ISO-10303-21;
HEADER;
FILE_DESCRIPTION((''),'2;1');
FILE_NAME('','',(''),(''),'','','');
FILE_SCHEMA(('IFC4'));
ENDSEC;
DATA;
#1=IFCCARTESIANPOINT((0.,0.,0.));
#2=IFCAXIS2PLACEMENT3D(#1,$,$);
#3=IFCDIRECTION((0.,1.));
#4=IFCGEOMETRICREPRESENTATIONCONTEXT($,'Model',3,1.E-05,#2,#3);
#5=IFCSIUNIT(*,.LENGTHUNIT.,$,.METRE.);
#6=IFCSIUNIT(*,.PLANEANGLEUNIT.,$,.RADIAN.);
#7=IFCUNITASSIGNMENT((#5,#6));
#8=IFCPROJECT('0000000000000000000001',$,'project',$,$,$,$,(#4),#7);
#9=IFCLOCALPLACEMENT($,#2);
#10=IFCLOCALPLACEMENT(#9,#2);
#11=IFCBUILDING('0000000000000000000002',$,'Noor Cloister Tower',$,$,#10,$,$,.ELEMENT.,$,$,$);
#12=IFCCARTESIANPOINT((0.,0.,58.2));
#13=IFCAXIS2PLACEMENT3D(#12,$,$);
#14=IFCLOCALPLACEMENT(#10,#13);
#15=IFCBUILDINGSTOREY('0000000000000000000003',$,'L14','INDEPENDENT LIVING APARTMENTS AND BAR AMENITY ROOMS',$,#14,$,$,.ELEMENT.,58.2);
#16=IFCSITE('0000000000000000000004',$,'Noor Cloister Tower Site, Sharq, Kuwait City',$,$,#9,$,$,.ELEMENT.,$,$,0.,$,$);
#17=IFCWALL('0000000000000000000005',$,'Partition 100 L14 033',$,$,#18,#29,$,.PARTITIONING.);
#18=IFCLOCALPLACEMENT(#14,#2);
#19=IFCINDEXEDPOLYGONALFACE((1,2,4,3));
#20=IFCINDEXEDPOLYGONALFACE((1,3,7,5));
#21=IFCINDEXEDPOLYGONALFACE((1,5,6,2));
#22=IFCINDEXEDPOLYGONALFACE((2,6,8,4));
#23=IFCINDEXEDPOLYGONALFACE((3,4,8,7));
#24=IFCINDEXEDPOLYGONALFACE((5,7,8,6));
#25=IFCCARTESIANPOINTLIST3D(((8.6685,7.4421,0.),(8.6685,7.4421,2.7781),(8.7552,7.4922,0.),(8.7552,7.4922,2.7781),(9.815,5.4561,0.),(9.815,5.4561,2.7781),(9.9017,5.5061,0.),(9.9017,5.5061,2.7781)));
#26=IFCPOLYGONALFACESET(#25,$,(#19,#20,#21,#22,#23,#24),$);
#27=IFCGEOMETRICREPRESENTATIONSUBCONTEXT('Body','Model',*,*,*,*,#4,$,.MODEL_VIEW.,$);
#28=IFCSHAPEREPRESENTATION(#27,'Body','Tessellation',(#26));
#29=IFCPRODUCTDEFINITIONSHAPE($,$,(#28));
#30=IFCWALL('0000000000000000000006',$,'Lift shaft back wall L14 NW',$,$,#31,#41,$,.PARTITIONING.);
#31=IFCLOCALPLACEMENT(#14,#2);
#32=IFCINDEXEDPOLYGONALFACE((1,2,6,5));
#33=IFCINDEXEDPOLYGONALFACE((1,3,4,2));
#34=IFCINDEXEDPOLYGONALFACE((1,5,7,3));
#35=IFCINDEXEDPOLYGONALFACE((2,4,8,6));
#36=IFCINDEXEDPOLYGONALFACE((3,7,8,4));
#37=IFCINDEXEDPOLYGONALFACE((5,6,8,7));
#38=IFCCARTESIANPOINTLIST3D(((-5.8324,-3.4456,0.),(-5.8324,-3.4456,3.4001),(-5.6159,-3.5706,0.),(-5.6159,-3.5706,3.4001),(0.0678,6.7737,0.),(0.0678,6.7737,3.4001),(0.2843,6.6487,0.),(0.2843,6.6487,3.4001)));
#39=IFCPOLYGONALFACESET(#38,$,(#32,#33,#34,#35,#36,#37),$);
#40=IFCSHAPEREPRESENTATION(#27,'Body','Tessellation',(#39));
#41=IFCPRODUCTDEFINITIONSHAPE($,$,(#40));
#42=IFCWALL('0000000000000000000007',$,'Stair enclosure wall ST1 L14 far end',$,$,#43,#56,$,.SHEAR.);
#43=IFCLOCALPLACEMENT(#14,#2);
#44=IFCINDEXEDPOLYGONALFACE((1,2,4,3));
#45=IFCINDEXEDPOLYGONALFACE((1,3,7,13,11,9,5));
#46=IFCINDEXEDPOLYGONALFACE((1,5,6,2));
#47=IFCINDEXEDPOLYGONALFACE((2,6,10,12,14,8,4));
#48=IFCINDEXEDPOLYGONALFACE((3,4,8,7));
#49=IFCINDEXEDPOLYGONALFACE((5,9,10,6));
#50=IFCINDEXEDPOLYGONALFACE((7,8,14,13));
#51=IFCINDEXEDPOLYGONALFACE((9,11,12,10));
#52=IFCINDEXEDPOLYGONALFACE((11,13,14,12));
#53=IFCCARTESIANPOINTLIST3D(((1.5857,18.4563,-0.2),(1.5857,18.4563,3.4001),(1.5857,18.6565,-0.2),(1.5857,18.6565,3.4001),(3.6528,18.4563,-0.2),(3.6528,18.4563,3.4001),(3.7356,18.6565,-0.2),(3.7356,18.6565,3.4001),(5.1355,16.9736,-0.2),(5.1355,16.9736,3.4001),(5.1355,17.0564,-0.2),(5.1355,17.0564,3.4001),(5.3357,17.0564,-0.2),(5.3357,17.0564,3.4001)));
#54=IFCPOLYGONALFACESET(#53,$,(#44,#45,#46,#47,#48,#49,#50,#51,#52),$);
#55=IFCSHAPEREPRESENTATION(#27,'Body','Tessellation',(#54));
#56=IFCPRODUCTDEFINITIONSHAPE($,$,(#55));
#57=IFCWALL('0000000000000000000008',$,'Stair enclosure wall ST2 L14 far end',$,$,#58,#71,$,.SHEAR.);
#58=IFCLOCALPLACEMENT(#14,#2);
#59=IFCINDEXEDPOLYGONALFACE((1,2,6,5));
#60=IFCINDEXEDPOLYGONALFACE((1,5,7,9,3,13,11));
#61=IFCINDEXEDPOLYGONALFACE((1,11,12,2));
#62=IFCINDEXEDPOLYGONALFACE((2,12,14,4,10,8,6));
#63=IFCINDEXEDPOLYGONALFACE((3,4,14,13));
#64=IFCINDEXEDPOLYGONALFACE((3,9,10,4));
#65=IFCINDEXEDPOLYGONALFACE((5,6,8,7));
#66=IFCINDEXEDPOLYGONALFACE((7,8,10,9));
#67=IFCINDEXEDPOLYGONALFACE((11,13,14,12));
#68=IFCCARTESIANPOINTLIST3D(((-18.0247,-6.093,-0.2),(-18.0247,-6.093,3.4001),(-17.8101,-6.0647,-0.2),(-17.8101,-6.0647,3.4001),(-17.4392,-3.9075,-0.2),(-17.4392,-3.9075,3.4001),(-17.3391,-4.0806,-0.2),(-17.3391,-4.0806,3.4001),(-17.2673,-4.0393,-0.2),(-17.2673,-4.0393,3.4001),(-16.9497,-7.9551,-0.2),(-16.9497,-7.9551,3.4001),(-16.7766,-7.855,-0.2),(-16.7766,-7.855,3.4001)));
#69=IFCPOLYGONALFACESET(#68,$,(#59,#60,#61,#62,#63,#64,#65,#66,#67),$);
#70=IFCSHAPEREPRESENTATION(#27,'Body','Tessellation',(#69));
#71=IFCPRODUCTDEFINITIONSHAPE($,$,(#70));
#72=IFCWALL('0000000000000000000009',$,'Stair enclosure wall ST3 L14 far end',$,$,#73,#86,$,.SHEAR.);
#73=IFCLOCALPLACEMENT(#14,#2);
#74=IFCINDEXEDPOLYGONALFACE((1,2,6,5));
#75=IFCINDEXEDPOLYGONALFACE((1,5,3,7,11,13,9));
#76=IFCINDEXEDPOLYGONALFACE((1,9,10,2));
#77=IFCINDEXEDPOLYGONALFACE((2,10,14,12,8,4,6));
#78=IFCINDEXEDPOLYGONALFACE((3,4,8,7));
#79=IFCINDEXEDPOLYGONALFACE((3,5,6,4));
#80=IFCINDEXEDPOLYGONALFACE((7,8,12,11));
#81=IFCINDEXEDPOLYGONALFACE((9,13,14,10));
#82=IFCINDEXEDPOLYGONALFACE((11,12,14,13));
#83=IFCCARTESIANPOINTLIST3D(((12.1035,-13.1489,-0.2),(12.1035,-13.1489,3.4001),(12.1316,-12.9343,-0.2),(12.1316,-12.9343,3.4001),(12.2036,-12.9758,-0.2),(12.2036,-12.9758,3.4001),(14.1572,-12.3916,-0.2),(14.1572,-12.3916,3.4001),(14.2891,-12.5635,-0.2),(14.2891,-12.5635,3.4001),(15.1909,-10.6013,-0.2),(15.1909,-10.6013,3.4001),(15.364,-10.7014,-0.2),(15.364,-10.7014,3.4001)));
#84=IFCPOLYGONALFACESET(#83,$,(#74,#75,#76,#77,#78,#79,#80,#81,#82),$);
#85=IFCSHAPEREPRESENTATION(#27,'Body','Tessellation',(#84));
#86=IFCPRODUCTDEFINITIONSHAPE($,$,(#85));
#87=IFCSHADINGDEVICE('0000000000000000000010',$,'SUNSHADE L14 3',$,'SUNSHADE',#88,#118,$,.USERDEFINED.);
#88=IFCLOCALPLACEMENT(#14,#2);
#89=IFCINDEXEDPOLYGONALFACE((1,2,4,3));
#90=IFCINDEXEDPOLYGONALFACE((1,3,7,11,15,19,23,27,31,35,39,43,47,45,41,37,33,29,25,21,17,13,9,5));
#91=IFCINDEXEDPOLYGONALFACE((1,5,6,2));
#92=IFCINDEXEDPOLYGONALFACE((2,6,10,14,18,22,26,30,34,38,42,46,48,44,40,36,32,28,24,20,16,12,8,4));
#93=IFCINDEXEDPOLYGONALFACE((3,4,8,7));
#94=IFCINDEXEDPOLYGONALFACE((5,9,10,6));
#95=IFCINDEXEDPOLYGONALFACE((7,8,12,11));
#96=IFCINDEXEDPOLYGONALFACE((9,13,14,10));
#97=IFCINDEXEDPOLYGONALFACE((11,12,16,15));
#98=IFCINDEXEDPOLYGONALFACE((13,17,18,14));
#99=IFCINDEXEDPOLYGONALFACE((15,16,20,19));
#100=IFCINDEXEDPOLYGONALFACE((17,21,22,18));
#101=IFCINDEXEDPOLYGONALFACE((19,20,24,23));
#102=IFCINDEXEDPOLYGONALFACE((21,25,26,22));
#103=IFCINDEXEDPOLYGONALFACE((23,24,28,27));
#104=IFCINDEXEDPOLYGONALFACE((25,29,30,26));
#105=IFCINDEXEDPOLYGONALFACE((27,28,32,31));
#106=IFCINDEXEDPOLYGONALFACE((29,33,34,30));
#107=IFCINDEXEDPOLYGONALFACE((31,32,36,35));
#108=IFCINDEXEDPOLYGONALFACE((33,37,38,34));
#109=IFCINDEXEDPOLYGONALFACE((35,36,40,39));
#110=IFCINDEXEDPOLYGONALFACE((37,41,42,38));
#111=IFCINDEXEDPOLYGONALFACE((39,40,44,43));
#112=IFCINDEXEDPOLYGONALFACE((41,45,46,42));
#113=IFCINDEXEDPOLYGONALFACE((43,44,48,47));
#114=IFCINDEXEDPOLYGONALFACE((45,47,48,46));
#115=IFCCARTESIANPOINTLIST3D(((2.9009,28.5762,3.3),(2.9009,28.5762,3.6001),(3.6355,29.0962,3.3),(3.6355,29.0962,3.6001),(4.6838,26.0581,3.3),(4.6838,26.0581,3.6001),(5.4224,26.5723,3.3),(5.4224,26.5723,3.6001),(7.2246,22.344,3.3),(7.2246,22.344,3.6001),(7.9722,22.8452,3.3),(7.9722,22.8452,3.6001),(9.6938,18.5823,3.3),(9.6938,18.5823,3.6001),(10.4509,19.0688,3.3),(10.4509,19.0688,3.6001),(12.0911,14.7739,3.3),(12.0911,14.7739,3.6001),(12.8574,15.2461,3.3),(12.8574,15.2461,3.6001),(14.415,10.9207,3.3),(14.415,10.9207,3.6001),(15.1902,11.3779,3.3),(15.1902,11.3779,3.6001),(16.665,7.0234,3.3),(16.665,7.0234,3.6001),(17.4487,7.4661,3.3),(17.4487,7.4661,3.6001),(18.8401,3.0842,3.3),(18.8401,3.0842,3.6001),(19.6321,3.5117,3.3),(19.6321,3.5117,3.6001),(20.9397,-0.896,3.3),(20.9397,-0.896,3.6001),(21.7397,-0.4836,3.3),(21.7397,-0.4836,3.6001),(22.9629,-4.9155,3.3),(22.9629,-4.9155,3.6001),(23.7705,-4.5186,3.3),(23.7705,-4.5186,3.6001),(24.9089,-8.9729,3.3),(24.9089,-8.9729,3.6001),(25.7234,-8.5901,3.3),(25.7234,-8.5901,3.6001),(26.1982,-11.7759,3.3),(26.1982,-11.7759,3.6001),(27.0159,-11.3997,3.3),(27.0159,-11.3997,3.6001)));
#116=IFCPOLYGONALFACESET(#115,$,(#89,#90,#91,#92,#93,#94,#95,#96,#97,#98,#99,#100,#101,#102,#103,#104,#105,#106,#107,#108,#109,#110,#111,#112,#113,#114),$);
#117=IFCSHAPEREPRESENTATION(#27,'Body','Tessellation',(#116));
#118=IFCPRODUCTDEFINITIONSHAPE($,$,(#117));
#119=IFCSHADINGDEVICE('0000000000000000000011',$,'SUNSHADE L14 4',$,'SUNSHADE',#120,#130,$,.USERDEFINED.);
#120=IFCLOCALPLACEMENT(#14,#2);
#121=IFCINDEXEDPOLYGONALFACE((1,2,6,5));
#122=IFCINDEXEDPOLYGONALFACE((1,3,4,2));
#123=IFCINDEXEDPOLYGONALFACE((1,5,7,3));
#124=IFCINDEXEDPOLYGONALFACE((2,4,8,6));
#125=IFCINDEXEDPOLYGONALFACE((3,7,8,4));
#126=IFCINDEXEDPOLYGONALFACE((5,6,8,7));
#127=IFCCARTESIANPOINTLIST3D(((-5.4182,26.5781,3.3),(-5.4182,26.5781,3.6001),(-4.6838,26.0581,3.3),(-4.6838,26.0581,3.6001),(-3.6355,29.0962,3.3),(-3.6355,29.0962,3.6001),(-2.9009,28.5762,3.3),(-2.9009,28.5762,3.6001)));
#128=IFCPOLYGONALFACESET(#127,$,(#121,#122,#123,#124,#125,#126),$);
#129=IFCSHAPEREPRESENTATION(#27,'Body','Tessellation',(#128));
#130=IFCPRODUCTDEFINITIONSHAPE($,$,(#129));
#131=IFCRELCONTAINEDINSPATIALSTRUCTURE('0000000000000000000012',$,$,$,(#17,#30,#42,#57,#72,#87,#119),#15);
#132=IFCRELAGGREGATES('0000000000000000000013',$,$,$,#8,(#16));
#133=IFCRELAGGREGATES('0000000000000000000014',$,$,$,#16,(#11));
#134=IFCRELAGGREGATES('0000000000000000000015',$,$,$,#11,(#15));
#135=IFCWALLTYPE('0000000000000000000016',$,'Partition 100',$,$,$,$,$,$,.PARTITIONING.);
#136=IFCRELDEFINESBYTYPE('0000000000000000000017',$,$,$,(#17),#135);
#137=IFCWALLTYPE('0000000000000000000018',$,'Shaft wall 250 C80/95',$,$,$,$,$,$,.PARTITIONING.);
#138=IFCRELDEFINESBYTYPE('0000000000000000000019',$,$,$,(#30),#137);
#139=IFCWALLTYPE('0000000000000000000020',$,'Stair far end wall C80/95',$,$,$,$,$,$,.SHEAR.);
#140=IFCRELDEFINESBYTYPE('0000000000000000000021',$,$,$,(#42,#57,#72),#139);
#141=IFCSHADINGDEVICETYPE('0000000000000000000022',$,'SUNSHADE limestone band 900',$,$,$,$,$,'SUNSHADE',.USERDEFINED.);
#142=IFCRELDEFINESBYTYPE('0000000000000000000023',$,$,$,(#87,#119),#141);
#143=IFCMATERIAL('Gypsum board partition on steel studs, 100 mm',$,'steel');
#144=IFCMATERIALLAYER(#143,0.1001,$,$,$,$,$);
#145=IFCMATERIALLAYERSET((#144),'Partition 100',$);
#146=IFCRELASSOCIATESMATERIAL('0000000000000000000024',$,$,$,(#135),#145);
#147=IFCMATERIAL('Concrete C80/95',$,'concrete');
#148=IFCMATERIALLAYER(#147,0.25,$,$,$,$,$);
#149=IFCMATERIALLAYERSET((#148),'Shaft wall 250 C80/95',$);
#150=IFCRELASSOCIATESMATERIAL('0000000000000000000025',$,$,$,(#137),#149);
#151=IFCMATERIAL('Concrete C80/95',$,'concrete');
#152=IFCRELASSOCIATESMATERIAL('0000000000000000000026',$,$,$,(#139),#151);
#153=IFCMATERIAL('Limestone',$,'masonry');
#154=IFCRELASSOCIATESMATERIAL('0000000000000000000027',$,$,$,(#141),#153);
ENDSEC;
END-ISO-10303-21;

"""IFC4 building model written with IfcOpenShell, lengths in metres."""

from ifc_helpers import new_model, si_unit, direction, frame, frame_2d, origin, place, context, subcontext, project, spatial, polyline, rectangle, outline, extrude, material, layer, layer_set, type_object, element, save


model = new_model("IFC4")

# Units and contexts
model_context = context("Model", 3, precision=1e-05, world=origin(), true_north=direction((0.0, 1.0)))
body_context = subcontext(model_context, "Body", "Model", "MODEL_VIEW")
ifc_project = project(units=[si_unit("LENGTHUNIT", "METRE"), si_unit("PLANEANGLEUNIT", "RADIAN")], contexts=[model_context])

# Site, building, storey
site_placement = place(None, origin())
site = spatial("IfcSite", under=ifc_project, at=site_placement, Name="Noor Cloister Tower Site, Sharq, Kuwait City", CompositionType="ELEMENT", RefElevation=0.0)
building_placement = place(site_placement, origin())
building = spatial("IfcBuilding", under=site, at=building_placement, Name="Noor Cloister Tower", CompositionType="ELEMENT")
storey_placement = place(building_placement, frame((0.0, 0.0, 58.2)))
storey = spatial("IfcBuildingStorey", under=building, at=storey_placement, Name="L14", Description="INDEPENDENT LIVING APARTMENTS AND BAR AMENITY ROOMS", CompositionType="ELEMENT", Elevation=58.2)

# Shared definitions
ifc_material_1 = material(Name="Gypsum board partition on steel studs, 100 mm", Category="steel")
ifc_layer_1 = layer(ifc_material_1, 0.1001)
ifc_layer_set_1 = layer_set([ifc_layer_1], Name="Partition 100")
wall_type_1 = type_object("IfcWallType", Name="Partition 100", PredefinedType="PARTITIONING", material=ifc_layer_set_1)

# Walls
wall_1_placement = place(storey_placement, frame((8.7119, 7.467, 0.0), z_axis=(0.0, 0.0, 1.0), x_axis=(0.499941, -0.86606, 0.0)))
element("IfcWall", 1, at=wall_1_placement, inside=storey, type_object=wall_type_1, Name="Partition 100 L14 033", PredefinedType="PARTITIONING", context=body_context, shape_type="SweptSolid", body=[
    extrude(rectangle(XDim=2.2932, YDim=0.1001, at=frame_2d((1.1465, 0.0))), origin(), (0.0, 0.0, 1.0), 2.7781),
])
ifc_material_2 = material(Name="Concrete C80/95", Category="concrete")
ifc_layer_2 = layer(ifc_material_2, 0.25)
ifc_layer_set_2 = layer_set([ifc_layer_2], Name="Shaft wall 250 C80/95")
wall_type_2 = type_object("IfcWallType", Name="Shaft wall 250 C80/95", PredefinedType="PARTITIONING", material=ifc_layer_set_2)
wall_2_placement = place(storey_placement, frame((0.176, 6.7112, 0.0), z_axis=(0.0, 0.0, 1.0), x_axis=(-0.500004, -0.866023, 0.0)))
element("IfcWall", 2, at=wall_2_placement, inside=storey, type_object=wall_type_2, Name="Lift shaft back wall L14 NW", PredefinedType="PARTITIONING", context=body_context, shape_type="SweptSolid", body=[
    extrude(rectangle(XDim=11.8003, YDim=0.25, at=frame_2d((5.9001, 0.0))), origin(), (0.0, 0.0, 1.0), 3.4001),
])
ifc_material_3 = material(Name="Concrete C80/95", Category="concrete")
wall_type_3 = type_object("IfcWallType", Name="Stair far end wall C80/95", PredefinedType="SHEAR", material=ifc_material_3)
wall_3_placement = place(storey_placement, frame((0.0, 0.0, -0.2)))
element("IfcWall", 3, at=wall_3_placement, inside=storey, type_object=wall_type_3, Name="Stair enclosure wall ST1 L14 far end", PredefinedType="SHEAR", context=body_context, shape_type="SweptSolid", body=[
    extrude(outline(polyline([(5.3357, 17.0564), (3.7356, 18.6565), (1.5857, 18.6565), (1.5857, 18.4563), (3.6528, 18.4563), (5.1355, 16.9736), (5.1355, 17.0564), (5.1355, 17.0564), (5.1355, 17.0564), (5.1355, 17.0564), (5.1355, 17.0564), (5.1355, 17.0564), (5.1355, 17.0564), (5.1355, 17.0564), (5.1355, 17.0564), (5.1355, 17.0564), (5.1355, 17.0564), (5.1355, 17.0564), (5.1355, 17.0564), (5.1355, 17.0564), (5.1355, 17.0564), (5.1355, 17.0564), (5.1355, 17.0564), (5.3357, 17.0564)])), origin(), (0.0, 0.0, 1.0), 3.6001),
])
wall_4_placement = place(storey_placement, frame((0.0, 0.0, -0.2)))
element("IfcWall", 4, at=wall_4_placement, inside=storey, type_object=wall_type_3, Name="Stair enclosure wall ST2 L14 far end", PredefinedType="SHEAR", context=body_context, shape_type="SweptSolid", body=[
    extrude(outline(polyline([(-17.4392, -3.9075), (-18.0247, -6.093), (-16.9497, -7.9551), (-16.7766, -7.855), (-17.8101, -6.0647), (-17.2673, -4.0393), (-17.3391, -4.0806), (-17.3391, -4.0806), (-17.3391, -4.0806), (-17.3391, -4.0806), (-17.3391, -4.0806), (-17.3391, -4.0806), (-17.3391, -4.0806), (-17.3391, -4.0806), (-17.3391, -4.0806), (-17.3391, -4.0806), (-17.3391, -4.0806), (-17.3391, -4.0806), (-17.3391, -4.0806), (-17.3391, -4.0806), (-17.3391, -4.0806), (-17.3391, -4.0806), (-17.3391, -4.0806), (-17.4392, -3.9075)])), origin(), (0.0, 0.0, 1.0), 3.6001),
])
wall_5_placement = place(storey_placement, frame((0.0, 0.0, -0.2)))
element("IfcWall", 5, at=wall_5_placement, inside=storey, type_object=wall_type_3, Name="Stair enclosure wall ST3 L14 far end", PredefinedType="SHEAR", context=body_context, shape_type="SweptSolid", body=[
    extrude(outline(polyline([(12.1035, -13.1489), (14.2891, -12.5635), (15.364, -10.7014), (15.1909, -10.6013), (14.1572, -12.3916), (12.1316, -12.9343), (12.2036, -12.9758), (12.2036, -12.9758), (12.2036, -12.9758), (12.2036, -12.9758), (12.2036, -12.9758), (12.2036, -12.9758), (12.2036, -12.9758), (12.2036, -12.9758), (12.2036, -12.9758), (12.2036, -12.9758), (12.2036, -12.9758), (12.2036, -12.9758), (12.2036, -12.9758), (12.2036, -12.9758), (12.2036, -12.9758), (12.2036, -12.9758), (12.2036, -12.9758), (12.1035, -13.1489)])), origin(), (0.0, 0.0, 1.0), 3.6001),
])

# Shading devices
ifc_material_4 = material(Name="Limestone", Category="masonry")
shading_device_type = type_object("IfcShadingDeviceType", Name="SUNSHADE limestone band 900", ElementType="SUNSHADE", PredefinedType="USERDEFINED", material=ifc_material_4)
shading_device_1_placement = place(storey_placement, frame((0.0, 0.0, 3.3)))
element("IfcShadingDevice", 6, at=shading_device_1_placement, inside=storey, type_object=shading_device_type, Name="SUNSHADE L14 3", ObjectType="SUNSHADE", PredefinedType="USERDEFINED", context=body_context, shape_type="SweptSolid", body=[
    extrude(outline(polyline([(27.0159, -11.3997), (25.7234, -8.5901), (23.7705, -4.5186), (21.7397, -0.4836), (19.6321, 3.5117), (17.4487, 7.4661), (15.1902, 11.3779), (12.8574, 15.2461), (10.4509, 19.0688), (7.9722, 22.8452), (5.4224, 26.5723), (3.6355, 29.0962), (2.9009, 28.5762), (4.6838, 26.0581), (7.2246, 22.344), (9.6938, 18.5823), (12.0911, 14.7739), (14.415, 10.9207), (16.665, 7.0234), (18.8401, 3.0842), (20.9397, -0.896), (22.9629, -4.9155), (24.9089, -8.9729), (26.1982, -11.7759), (27.0159, -11.3997)])), origin(), (0.0, 0.0, 1.0), 0.3),
])
shading_device_2_placement = place(storey_placement, frame((0.0, 0.0, 3.3)))
element("IfcShadingDevice", 7, at=shading_device_2_placement, inside=storey, type_object=shading_device_type, Name="SUNSHADE L14 4", ObjectType="SUNSHADE", PredefinedType="USERDEFINED", context=body_context, shape_type="SweptSolid", body=[
    extrude(outline(polyline([(-3.6355, 29.0962), (-5.4182, 26.5781), (-4.6838, 26.0581), (-2.9009, 28.5762), (-3.6355, 29.0962)])), origin(), (0.0, 0.0, 1.0), 0.3),
])

save(model, "model.ifc")
